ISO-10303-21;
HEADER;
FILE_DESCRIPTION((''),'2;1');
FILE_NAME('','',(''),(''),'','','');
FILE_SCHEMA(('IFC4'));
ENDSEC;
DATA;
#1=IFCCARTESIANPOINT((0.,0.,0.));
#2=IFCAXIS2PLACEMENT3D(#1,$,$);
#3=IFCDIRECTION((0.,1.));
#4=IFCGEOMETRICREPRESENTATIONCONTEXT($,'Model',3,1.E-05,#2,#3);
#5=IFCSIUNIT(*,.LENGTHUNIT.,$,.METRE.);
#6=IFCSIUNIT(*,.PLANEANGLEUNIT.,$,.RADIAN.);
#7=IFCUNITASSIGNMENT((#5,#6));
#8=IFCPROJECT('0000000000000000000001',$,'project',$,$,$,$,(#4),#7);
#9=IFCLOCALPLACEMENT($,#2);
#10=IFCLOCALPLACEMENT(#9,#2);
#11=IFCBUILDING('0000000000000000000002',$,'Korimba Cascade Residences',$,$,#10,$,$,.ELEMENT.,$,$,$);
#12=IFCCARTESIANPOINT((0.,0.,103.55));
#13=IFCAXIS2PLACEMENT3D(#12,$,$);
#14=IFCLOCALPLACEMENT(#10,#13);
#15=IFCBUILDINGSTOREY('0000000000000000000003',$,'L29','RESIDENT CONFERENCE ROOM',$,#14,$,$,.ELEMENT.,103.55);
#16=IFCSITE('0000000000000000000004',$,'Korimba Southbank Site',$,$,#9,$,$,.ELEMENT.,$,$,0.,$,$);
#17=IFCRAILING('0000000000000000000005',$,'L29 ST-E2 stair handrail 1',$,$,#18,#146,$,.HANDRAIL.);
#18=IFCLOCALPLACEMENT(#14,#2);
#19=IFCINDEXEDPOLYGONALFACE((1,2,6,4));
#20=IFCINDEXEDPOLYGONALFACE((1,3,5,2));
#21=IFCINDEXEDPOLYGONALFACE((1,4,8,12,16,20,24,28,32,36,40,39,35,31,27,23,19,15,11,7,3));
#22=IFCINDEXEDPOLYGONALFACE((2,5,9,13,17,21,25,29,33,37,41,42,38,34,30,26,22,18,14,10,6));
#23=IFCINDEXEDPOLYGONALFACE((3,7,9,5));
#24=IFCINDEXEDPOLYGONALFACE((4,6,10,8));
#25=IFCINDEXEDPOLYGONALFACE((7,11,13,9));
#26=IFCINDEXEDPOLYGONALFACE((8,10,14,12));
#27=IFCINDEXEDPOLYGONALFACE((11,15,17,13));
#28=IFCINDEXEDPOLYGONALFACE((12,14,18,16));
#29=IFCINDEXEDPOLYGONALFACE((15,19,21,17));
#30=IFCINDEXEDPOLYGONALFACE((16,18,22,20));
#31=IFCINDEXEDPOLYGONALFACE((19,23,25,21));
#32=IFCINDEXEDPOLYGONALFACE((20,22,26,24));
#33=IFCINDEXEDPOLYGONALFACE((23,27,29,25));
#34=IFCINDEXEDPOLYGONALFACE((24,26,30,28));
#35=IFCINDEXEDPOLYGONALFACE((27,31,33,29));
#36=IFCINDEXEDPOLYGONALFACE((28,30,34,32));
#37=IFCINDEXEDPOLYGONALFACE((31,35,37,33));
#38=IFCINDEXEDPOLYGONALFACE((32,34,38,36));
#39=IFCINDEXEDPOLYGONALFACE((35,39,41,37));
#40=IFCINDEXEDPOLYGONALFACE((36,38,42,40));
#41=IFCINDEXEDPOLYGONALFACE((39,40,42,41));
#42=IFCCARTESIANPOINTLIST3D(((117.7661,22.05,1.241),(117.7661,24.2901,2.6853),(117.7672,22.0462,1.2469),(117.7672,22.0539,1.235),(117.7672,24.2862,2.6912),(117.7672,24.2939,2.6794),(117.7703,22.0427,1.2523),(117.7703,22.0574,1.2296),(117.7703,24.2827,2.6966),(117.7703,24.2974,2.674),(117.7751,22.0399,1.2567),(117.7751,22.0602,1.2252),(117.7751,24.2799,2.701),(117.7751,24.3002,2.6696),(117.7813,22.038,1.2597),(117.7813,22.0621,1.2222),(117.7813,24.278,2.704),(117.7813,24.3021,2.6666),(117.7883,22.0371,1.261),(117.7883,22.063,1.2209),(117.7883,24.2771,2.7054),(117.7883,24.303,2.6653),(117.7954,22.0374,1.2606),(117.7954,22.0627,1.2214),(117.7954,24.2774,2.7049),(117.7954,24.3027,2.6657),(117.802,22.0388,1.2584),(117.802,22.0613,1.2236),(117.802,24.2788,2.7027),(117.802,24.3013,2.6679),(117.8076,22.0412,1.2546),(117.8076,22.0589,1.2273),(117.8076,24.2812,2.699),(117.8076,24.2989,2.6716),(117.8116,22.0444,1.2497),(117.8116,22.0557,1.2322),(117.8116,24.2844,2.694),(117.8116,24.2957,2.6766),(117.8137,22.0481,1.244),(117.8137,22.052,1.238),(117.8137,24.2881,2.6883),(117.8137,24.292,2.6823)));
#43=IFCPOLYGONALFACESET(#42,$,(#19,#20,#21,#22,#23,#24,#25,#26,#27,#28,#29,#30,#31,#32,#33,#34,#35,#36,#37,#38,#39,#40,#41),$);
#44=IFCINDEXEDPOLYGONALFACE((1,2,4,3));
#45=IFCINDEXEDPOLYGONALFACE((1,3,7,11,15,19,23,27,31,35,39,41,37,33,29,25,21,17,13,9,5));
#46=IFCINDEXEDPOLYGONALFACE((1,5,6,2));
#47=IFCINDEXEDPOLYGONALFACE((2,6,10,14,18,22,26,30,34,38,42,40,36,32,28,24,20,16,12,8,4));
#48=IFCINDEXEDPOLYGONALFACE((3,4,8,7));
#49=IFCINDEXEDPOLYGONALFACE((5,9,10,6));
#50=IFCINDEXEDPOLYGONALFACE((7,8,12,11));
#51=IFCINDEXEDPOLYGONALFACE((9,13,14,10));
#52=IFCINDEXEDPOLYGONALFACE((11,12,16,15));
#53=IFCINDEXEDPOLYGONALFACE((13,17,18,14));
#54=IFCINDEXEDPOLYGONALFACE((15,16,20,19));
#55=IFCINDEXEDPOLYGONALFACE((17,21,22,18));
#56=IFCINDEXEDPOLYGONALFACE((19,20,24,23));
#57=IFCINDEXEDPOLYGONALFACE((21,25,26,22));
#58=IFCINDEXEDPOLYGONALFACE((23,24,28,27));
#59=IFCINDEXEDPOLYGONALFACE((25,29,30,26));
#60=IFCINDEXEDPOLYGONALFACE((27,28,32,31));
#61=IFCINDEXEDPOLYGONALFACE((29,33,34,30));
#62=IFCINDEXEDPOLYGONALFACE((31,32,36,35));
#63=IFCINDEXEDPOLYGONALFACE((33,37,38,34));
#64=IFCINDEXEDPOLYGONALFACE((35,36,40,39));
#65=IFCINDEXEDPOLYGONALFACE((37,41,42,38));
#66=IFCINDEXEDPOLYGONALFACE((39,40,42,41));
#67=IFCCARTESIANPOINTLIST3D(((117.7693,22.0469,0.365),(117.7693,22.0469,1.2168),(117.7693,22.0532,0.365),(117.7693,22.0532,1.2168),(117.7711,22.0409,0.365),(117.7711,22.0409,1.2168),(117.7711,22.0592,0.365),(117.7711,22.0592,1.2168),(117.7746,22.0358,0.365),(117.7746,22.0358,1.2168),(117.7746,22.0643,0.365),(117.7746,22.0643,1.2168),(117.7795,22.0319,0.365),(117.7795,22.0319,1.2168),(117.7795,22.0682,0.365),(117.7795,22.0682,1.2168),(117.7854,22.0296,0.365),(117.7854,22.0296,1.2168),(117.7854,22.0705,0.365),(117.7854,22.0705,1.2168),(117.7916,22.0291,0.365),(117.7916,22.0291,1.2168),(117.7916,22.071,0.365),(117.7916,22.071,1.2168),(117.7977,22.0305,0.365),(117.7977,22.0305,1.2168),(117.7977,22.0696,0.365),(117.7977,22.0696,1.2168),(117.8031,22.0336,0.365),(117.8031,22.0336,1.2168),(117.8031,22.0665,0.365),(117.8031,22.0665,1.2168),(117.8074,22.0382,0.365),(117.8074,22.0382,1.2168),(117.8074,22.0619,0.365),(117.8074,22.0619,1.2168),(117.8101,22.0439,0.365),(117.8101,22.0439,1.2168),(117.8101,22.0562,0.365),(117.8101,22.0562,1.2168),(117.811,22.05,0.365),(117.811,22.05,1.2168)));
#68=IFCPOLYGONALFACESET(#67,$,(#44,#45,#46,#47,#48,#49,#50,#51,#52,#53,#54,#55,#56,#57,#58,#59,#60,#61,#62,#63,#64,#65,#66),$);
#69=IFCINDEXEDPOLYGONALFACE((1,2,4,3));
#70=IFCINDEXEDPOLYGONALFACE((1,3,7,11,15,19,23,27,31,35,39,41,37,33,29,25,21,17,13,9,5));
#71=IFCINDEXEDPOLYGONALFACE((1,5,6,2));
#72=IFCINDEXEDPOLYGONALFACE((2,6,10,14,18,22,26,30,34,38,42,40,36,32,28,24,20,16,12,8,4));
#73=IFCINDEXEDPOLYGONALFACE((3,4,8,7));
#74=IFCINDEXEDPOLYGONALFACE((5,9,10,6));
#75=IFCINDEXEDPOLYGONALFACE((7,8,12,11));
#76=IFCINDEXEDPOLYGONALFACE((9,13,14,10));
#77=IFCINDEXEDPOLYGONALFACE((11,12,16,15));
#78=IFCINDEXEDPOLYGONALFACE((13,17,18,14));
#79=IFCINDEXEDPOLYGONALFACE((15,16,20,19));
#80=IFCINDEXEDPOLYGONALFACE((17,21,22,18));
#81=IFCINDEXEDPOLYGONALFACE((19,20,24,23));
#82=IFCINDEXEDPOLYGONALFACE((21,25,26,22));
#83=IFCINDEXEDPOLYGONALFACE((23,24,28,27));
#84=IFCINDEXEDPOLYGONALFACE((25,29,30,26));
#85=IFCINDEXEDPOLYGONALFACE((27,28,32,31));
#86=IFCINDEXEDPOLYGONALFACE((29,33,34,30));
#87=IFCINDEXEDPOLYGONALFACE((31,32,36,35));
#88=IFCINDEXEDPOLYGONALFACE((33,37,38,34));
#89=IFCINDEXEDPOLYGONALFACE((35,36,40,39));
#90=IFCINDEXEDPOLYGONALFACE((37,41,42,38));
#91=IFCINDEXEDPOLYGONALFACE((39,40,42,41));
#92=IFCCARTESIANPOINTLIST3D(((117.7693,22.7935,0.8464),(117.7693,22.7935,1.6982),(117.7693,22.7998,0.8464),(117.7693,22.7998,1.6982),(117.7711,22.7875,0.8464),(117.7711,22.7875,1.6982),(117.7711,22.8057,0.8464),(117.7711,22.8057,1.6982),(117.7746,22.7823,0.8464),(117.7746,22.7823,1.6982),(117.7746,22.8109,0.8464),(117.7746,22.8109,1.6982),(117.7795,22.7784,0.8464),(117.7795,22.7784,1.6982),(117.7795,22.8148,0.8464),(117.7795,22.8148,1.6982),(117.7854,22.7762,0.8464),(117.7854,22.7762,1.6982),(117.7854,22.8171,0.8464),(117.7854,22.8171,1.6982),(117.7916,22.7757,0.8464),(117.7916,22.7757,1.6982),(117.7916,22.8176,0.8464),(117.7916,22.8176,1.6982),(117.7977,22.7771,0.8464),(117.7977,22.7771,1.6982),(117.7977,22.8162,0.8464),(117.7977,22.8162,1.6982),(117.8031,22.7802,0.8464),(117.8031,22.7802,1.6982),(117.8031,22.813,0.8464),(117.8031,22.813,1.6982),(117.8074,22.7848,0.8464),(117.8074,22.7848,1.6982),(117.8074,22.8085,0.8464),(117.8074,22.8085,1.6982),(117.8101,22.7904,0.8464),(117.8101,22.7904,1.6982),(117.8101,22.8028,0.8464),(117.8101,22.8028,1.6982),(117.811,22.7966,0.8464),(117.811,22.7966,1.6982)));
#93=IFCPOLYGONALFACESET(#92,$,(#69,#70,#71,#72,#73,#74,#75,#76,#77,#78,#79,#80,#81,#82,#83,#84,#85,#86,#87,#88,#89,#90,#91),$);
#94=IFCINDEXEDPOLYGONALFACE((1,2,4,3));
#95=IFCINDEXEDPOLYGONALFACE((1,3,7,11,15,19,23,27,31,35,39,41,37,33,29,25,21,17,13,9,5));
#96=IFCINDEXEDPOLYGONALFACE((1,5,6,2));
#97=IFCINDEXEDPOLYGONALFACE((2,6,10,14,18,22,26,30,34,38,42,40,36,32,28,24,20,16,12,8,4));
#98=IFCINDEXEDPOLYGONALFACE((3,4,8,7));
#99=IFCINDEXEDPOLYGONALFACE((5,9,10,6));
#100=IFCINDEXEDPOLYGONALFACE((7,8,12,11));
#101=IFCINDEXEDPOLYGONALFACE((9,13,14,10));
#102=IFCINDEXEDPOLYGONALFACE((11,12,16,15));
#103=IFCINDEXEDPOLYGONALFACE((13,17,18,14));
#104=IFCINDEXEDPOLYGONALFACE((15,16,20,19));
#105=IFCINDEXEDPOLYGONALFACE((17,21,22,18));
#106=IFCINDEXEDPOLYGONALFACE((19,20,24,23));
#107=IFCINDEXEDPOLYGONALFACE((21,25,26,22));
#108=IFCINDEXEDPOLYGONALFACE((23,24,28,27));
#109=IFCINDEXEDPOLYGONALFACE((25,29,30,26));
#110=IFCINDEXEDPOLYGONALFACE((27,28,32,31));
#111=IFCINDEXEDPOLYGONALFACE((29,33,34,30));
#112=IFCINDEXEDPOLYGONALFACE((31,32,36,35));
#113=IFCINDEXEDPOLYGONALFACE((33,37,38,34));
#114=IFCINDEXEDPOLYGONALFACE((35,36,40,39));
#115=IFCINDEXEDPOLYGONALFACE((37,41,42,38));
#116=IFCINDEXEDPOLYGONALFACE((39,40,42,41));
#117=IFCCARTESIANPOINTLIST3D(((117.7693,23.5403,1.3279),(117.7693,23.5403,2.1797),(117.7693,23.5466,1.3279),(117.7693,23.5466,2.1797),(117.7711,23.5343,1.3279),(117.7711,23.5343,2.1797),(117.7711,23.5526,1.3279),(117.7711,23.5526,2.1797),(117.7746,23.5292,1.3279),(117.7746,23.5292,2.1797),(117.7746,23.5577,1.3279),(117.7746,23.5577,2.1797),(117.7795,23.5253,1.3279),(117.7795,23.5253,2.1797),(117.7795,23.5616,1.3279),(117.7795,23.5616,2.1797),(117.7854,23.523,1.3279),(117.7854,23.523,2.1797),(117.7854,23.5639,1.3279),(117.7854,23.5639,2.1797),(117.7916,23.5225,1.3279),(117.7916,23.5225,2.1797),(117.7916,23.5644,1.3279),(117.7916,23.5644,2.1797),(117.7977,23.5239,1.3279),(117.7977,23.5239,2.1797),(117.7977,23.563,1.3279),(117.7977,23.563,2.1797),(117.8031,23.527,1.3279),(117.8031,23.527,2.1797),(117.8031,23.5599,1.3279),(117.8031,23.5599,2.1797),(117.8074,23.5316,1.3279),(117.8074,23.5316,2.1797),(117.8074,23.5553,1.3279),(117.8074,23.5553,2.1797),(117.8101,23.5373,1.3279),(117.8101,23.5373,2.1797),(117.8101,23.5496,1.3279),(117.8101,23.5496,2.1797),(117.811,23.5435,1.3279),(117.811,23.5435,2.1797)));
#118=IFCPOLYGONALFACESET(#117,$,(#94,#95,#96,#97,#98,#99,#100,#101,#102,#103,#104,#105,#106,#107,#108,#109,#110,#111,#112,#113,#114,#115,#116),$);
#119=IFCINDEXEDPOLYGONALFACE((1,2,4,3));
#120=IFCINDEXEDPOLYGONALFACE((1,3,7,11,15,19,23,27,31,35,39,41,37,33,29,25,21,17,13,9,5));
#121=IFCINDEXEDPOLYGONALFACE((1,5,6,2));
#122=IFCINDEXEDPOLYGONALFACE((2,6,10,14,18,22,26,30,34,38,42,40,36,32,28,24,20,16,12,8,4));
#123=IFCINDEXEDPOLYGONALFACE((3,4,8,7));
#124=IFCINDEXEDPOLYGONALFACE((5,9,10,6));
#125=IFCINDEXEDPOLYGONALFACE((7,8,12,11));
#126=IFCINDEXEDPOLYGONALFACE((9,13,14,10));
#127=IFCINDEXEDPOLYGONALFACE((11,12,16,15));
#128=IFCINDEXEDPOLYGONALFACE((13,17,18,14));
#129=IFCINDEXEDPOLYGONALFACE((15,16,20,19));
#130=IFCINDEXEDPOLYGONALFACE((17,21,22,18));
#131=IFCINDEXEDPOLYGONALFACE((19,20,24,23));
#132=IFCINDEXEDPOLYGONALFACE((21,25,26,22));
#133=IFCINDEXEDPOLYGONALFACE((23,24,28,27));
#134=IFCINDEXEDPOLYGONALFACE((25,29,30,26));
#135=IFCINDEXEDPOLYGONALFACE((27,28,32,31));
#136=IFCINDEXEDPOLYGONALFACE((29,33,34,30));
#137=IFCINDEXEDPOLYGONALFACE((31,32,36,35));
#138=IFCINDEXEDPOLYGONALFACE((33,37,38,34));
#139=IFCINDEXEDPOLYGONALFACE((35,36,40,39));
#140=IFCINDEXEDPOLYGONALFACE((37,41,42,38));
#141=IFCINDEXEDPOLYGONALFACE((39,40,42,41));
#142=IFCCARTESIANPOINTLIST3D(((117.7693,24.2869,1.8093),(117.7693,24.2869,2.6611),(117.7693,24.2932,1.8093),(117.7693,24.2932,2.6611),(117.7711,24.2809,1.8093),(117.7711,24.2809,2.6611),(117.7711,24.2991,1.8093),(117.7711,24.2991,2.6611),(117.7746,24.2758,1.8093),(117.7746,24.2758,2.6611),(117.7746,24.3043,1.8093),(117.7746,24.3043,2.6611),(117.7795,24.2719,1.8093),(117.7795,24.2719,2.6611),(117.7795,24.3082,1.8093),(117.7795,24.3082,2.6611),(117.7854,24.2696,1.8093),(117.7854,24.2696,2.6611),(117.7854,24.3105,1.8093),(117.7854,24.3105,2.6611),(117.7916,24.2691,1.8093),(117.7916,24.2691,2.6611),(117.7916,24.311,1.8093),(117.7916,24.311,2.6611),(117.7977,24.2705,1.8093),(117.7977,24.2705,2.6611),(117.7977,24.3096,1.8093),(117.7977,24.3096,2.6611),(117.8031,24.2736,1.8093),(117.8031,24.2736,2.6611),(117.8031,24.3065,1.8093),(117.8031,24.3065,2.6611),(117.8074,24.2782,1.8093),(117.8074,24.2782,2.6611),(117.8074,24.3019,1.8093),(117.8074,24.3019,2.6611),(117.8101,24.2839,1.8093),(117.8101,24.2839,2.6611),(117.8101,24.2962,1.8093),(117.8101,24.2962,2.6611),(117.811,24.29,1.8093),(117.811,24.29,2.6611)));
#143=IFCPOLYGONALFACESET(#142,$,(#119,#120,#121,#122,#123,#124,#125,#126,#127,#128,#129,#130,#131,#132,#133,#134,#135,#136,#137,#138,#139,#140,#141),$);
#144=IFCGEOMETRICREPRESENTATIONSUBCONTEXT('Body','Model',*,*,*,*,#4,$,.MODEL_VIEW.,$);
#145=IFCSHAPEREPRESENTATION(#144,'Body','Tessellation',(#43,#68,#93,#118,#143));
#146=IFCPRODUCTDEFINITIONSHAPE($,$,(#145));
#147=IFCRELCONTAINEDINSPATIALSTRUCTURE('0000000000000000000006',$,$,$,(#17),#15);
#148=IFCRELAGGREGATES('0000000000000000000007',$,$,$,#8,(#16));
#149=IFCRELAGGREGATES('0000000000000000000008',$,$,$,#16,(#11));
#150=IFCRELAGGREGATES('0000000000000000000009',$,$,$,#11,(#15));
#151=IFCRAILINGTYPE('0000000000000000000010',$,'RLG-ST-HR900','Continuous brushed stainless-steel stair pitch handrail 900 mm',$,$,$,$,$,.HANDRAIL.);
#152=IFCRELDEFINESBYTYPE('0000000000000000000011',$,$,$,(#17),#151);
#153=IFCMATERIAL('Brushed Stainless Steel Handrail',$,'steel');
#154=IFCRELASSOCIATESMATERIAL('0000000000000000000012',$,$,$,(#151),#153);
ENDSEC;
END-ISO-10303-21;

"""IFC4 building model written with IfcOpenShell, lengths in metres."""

from ifc_helpers import new_model, si_unit, direction, frame, origin, origin_2d, place, context, subcontext, project, spatial, circle, extrude, material, type_object, element, save


model = new_model("IFC4")

# Units and contexts
model_context = context("Model", 3, precision=1e-05, world=origin(), true_north=direction((0.0, 1.0)))
body_context = subcontext(model_context, "Body", "Model", "MODEL_VIEW")
ifc_project = project(units=[si_unit("LENGTHUNIT", "METRE"), si_unit("PLANEANGLEUNIT", "RADIAN")], contexts=[model_context])

# Site, building, storey
site_placement = place(None, origin())
site = spatial("IfcSite", under=ifc_project, at=site_placement, Name="Korimba Southbank Site", CompositionType="ELEMENT", RefElevation=0.0)
building_placement = place(site_placement, origin())
building = spatial("IfcBuilding", under=site, at=building_placement, Name="Korimba Cascade Residences", CompositionType="ELEMENT")
storey_placement = place(building_placement, frame((0.0, 0.0, 103.55)))
storey = spatial("IfcBuildingStorey", under=building, at=storey_placement, Name="L29", Description="RESIDENT CONFERENCE ROOM", CompositionType="ELEMENT", Elevation=103.55)

# Railing
ifc_material_1 = material(Name="Brushed Stainless Steel Handrail", Category="steel")
railing_type_1 = type_object("IfcRailingType", Name="RLG-ST-HR900", Description="Continuous brushed stainless-steel stair pitch handrail 900 mm", PredefinedType="HANDRAIL", material=ifc_material_1)
railing_1_placement = place(storey_placement, frame((117.79, 22.05, 0.365)))
element("IfcRailing", 1, at=railing_1_placement, inside=storey, type_object=railing_type_1, Name="L29 ST-E2 stair handrail 1", PredefinedType="HANDRAIL", context=body_context, shape_type="SweptSolid", body=[
    extrude(circle(Radius=0.0239, at=origin_2d()), frame((0.0, 0.0, 0.876), z_axis=(0.0, 0.840437, 0.54191), x_axis=(-1.0, 0.0, 0.0)), (0.0, 0.0, 1.0), 2.6653),
    extrude(circle(Radius=0.021, at=origin_2d()), origin(), (0.0, 0.0, 1.0), 0.8518),
    extrude(circle(Radius=0.021, at=origin_2d()), frame((0.0, 0.7466, 0.4814)), (0.0, 0.0, 1.0), 0.8518),
    extrude(circle(Radius=0.021, at=origin_2d()), frame((0.0, 1.4934, 0.9629)), (0.0, 0.0, 1.0), 0.8518),
    extrude(circle(Radius=0.021, at=origin_2d()), frame((0.0, 2.24, 1.4443)), (0.0, 0.0, 1.0), 0.8518),
])

save(model, "model.ifc")
